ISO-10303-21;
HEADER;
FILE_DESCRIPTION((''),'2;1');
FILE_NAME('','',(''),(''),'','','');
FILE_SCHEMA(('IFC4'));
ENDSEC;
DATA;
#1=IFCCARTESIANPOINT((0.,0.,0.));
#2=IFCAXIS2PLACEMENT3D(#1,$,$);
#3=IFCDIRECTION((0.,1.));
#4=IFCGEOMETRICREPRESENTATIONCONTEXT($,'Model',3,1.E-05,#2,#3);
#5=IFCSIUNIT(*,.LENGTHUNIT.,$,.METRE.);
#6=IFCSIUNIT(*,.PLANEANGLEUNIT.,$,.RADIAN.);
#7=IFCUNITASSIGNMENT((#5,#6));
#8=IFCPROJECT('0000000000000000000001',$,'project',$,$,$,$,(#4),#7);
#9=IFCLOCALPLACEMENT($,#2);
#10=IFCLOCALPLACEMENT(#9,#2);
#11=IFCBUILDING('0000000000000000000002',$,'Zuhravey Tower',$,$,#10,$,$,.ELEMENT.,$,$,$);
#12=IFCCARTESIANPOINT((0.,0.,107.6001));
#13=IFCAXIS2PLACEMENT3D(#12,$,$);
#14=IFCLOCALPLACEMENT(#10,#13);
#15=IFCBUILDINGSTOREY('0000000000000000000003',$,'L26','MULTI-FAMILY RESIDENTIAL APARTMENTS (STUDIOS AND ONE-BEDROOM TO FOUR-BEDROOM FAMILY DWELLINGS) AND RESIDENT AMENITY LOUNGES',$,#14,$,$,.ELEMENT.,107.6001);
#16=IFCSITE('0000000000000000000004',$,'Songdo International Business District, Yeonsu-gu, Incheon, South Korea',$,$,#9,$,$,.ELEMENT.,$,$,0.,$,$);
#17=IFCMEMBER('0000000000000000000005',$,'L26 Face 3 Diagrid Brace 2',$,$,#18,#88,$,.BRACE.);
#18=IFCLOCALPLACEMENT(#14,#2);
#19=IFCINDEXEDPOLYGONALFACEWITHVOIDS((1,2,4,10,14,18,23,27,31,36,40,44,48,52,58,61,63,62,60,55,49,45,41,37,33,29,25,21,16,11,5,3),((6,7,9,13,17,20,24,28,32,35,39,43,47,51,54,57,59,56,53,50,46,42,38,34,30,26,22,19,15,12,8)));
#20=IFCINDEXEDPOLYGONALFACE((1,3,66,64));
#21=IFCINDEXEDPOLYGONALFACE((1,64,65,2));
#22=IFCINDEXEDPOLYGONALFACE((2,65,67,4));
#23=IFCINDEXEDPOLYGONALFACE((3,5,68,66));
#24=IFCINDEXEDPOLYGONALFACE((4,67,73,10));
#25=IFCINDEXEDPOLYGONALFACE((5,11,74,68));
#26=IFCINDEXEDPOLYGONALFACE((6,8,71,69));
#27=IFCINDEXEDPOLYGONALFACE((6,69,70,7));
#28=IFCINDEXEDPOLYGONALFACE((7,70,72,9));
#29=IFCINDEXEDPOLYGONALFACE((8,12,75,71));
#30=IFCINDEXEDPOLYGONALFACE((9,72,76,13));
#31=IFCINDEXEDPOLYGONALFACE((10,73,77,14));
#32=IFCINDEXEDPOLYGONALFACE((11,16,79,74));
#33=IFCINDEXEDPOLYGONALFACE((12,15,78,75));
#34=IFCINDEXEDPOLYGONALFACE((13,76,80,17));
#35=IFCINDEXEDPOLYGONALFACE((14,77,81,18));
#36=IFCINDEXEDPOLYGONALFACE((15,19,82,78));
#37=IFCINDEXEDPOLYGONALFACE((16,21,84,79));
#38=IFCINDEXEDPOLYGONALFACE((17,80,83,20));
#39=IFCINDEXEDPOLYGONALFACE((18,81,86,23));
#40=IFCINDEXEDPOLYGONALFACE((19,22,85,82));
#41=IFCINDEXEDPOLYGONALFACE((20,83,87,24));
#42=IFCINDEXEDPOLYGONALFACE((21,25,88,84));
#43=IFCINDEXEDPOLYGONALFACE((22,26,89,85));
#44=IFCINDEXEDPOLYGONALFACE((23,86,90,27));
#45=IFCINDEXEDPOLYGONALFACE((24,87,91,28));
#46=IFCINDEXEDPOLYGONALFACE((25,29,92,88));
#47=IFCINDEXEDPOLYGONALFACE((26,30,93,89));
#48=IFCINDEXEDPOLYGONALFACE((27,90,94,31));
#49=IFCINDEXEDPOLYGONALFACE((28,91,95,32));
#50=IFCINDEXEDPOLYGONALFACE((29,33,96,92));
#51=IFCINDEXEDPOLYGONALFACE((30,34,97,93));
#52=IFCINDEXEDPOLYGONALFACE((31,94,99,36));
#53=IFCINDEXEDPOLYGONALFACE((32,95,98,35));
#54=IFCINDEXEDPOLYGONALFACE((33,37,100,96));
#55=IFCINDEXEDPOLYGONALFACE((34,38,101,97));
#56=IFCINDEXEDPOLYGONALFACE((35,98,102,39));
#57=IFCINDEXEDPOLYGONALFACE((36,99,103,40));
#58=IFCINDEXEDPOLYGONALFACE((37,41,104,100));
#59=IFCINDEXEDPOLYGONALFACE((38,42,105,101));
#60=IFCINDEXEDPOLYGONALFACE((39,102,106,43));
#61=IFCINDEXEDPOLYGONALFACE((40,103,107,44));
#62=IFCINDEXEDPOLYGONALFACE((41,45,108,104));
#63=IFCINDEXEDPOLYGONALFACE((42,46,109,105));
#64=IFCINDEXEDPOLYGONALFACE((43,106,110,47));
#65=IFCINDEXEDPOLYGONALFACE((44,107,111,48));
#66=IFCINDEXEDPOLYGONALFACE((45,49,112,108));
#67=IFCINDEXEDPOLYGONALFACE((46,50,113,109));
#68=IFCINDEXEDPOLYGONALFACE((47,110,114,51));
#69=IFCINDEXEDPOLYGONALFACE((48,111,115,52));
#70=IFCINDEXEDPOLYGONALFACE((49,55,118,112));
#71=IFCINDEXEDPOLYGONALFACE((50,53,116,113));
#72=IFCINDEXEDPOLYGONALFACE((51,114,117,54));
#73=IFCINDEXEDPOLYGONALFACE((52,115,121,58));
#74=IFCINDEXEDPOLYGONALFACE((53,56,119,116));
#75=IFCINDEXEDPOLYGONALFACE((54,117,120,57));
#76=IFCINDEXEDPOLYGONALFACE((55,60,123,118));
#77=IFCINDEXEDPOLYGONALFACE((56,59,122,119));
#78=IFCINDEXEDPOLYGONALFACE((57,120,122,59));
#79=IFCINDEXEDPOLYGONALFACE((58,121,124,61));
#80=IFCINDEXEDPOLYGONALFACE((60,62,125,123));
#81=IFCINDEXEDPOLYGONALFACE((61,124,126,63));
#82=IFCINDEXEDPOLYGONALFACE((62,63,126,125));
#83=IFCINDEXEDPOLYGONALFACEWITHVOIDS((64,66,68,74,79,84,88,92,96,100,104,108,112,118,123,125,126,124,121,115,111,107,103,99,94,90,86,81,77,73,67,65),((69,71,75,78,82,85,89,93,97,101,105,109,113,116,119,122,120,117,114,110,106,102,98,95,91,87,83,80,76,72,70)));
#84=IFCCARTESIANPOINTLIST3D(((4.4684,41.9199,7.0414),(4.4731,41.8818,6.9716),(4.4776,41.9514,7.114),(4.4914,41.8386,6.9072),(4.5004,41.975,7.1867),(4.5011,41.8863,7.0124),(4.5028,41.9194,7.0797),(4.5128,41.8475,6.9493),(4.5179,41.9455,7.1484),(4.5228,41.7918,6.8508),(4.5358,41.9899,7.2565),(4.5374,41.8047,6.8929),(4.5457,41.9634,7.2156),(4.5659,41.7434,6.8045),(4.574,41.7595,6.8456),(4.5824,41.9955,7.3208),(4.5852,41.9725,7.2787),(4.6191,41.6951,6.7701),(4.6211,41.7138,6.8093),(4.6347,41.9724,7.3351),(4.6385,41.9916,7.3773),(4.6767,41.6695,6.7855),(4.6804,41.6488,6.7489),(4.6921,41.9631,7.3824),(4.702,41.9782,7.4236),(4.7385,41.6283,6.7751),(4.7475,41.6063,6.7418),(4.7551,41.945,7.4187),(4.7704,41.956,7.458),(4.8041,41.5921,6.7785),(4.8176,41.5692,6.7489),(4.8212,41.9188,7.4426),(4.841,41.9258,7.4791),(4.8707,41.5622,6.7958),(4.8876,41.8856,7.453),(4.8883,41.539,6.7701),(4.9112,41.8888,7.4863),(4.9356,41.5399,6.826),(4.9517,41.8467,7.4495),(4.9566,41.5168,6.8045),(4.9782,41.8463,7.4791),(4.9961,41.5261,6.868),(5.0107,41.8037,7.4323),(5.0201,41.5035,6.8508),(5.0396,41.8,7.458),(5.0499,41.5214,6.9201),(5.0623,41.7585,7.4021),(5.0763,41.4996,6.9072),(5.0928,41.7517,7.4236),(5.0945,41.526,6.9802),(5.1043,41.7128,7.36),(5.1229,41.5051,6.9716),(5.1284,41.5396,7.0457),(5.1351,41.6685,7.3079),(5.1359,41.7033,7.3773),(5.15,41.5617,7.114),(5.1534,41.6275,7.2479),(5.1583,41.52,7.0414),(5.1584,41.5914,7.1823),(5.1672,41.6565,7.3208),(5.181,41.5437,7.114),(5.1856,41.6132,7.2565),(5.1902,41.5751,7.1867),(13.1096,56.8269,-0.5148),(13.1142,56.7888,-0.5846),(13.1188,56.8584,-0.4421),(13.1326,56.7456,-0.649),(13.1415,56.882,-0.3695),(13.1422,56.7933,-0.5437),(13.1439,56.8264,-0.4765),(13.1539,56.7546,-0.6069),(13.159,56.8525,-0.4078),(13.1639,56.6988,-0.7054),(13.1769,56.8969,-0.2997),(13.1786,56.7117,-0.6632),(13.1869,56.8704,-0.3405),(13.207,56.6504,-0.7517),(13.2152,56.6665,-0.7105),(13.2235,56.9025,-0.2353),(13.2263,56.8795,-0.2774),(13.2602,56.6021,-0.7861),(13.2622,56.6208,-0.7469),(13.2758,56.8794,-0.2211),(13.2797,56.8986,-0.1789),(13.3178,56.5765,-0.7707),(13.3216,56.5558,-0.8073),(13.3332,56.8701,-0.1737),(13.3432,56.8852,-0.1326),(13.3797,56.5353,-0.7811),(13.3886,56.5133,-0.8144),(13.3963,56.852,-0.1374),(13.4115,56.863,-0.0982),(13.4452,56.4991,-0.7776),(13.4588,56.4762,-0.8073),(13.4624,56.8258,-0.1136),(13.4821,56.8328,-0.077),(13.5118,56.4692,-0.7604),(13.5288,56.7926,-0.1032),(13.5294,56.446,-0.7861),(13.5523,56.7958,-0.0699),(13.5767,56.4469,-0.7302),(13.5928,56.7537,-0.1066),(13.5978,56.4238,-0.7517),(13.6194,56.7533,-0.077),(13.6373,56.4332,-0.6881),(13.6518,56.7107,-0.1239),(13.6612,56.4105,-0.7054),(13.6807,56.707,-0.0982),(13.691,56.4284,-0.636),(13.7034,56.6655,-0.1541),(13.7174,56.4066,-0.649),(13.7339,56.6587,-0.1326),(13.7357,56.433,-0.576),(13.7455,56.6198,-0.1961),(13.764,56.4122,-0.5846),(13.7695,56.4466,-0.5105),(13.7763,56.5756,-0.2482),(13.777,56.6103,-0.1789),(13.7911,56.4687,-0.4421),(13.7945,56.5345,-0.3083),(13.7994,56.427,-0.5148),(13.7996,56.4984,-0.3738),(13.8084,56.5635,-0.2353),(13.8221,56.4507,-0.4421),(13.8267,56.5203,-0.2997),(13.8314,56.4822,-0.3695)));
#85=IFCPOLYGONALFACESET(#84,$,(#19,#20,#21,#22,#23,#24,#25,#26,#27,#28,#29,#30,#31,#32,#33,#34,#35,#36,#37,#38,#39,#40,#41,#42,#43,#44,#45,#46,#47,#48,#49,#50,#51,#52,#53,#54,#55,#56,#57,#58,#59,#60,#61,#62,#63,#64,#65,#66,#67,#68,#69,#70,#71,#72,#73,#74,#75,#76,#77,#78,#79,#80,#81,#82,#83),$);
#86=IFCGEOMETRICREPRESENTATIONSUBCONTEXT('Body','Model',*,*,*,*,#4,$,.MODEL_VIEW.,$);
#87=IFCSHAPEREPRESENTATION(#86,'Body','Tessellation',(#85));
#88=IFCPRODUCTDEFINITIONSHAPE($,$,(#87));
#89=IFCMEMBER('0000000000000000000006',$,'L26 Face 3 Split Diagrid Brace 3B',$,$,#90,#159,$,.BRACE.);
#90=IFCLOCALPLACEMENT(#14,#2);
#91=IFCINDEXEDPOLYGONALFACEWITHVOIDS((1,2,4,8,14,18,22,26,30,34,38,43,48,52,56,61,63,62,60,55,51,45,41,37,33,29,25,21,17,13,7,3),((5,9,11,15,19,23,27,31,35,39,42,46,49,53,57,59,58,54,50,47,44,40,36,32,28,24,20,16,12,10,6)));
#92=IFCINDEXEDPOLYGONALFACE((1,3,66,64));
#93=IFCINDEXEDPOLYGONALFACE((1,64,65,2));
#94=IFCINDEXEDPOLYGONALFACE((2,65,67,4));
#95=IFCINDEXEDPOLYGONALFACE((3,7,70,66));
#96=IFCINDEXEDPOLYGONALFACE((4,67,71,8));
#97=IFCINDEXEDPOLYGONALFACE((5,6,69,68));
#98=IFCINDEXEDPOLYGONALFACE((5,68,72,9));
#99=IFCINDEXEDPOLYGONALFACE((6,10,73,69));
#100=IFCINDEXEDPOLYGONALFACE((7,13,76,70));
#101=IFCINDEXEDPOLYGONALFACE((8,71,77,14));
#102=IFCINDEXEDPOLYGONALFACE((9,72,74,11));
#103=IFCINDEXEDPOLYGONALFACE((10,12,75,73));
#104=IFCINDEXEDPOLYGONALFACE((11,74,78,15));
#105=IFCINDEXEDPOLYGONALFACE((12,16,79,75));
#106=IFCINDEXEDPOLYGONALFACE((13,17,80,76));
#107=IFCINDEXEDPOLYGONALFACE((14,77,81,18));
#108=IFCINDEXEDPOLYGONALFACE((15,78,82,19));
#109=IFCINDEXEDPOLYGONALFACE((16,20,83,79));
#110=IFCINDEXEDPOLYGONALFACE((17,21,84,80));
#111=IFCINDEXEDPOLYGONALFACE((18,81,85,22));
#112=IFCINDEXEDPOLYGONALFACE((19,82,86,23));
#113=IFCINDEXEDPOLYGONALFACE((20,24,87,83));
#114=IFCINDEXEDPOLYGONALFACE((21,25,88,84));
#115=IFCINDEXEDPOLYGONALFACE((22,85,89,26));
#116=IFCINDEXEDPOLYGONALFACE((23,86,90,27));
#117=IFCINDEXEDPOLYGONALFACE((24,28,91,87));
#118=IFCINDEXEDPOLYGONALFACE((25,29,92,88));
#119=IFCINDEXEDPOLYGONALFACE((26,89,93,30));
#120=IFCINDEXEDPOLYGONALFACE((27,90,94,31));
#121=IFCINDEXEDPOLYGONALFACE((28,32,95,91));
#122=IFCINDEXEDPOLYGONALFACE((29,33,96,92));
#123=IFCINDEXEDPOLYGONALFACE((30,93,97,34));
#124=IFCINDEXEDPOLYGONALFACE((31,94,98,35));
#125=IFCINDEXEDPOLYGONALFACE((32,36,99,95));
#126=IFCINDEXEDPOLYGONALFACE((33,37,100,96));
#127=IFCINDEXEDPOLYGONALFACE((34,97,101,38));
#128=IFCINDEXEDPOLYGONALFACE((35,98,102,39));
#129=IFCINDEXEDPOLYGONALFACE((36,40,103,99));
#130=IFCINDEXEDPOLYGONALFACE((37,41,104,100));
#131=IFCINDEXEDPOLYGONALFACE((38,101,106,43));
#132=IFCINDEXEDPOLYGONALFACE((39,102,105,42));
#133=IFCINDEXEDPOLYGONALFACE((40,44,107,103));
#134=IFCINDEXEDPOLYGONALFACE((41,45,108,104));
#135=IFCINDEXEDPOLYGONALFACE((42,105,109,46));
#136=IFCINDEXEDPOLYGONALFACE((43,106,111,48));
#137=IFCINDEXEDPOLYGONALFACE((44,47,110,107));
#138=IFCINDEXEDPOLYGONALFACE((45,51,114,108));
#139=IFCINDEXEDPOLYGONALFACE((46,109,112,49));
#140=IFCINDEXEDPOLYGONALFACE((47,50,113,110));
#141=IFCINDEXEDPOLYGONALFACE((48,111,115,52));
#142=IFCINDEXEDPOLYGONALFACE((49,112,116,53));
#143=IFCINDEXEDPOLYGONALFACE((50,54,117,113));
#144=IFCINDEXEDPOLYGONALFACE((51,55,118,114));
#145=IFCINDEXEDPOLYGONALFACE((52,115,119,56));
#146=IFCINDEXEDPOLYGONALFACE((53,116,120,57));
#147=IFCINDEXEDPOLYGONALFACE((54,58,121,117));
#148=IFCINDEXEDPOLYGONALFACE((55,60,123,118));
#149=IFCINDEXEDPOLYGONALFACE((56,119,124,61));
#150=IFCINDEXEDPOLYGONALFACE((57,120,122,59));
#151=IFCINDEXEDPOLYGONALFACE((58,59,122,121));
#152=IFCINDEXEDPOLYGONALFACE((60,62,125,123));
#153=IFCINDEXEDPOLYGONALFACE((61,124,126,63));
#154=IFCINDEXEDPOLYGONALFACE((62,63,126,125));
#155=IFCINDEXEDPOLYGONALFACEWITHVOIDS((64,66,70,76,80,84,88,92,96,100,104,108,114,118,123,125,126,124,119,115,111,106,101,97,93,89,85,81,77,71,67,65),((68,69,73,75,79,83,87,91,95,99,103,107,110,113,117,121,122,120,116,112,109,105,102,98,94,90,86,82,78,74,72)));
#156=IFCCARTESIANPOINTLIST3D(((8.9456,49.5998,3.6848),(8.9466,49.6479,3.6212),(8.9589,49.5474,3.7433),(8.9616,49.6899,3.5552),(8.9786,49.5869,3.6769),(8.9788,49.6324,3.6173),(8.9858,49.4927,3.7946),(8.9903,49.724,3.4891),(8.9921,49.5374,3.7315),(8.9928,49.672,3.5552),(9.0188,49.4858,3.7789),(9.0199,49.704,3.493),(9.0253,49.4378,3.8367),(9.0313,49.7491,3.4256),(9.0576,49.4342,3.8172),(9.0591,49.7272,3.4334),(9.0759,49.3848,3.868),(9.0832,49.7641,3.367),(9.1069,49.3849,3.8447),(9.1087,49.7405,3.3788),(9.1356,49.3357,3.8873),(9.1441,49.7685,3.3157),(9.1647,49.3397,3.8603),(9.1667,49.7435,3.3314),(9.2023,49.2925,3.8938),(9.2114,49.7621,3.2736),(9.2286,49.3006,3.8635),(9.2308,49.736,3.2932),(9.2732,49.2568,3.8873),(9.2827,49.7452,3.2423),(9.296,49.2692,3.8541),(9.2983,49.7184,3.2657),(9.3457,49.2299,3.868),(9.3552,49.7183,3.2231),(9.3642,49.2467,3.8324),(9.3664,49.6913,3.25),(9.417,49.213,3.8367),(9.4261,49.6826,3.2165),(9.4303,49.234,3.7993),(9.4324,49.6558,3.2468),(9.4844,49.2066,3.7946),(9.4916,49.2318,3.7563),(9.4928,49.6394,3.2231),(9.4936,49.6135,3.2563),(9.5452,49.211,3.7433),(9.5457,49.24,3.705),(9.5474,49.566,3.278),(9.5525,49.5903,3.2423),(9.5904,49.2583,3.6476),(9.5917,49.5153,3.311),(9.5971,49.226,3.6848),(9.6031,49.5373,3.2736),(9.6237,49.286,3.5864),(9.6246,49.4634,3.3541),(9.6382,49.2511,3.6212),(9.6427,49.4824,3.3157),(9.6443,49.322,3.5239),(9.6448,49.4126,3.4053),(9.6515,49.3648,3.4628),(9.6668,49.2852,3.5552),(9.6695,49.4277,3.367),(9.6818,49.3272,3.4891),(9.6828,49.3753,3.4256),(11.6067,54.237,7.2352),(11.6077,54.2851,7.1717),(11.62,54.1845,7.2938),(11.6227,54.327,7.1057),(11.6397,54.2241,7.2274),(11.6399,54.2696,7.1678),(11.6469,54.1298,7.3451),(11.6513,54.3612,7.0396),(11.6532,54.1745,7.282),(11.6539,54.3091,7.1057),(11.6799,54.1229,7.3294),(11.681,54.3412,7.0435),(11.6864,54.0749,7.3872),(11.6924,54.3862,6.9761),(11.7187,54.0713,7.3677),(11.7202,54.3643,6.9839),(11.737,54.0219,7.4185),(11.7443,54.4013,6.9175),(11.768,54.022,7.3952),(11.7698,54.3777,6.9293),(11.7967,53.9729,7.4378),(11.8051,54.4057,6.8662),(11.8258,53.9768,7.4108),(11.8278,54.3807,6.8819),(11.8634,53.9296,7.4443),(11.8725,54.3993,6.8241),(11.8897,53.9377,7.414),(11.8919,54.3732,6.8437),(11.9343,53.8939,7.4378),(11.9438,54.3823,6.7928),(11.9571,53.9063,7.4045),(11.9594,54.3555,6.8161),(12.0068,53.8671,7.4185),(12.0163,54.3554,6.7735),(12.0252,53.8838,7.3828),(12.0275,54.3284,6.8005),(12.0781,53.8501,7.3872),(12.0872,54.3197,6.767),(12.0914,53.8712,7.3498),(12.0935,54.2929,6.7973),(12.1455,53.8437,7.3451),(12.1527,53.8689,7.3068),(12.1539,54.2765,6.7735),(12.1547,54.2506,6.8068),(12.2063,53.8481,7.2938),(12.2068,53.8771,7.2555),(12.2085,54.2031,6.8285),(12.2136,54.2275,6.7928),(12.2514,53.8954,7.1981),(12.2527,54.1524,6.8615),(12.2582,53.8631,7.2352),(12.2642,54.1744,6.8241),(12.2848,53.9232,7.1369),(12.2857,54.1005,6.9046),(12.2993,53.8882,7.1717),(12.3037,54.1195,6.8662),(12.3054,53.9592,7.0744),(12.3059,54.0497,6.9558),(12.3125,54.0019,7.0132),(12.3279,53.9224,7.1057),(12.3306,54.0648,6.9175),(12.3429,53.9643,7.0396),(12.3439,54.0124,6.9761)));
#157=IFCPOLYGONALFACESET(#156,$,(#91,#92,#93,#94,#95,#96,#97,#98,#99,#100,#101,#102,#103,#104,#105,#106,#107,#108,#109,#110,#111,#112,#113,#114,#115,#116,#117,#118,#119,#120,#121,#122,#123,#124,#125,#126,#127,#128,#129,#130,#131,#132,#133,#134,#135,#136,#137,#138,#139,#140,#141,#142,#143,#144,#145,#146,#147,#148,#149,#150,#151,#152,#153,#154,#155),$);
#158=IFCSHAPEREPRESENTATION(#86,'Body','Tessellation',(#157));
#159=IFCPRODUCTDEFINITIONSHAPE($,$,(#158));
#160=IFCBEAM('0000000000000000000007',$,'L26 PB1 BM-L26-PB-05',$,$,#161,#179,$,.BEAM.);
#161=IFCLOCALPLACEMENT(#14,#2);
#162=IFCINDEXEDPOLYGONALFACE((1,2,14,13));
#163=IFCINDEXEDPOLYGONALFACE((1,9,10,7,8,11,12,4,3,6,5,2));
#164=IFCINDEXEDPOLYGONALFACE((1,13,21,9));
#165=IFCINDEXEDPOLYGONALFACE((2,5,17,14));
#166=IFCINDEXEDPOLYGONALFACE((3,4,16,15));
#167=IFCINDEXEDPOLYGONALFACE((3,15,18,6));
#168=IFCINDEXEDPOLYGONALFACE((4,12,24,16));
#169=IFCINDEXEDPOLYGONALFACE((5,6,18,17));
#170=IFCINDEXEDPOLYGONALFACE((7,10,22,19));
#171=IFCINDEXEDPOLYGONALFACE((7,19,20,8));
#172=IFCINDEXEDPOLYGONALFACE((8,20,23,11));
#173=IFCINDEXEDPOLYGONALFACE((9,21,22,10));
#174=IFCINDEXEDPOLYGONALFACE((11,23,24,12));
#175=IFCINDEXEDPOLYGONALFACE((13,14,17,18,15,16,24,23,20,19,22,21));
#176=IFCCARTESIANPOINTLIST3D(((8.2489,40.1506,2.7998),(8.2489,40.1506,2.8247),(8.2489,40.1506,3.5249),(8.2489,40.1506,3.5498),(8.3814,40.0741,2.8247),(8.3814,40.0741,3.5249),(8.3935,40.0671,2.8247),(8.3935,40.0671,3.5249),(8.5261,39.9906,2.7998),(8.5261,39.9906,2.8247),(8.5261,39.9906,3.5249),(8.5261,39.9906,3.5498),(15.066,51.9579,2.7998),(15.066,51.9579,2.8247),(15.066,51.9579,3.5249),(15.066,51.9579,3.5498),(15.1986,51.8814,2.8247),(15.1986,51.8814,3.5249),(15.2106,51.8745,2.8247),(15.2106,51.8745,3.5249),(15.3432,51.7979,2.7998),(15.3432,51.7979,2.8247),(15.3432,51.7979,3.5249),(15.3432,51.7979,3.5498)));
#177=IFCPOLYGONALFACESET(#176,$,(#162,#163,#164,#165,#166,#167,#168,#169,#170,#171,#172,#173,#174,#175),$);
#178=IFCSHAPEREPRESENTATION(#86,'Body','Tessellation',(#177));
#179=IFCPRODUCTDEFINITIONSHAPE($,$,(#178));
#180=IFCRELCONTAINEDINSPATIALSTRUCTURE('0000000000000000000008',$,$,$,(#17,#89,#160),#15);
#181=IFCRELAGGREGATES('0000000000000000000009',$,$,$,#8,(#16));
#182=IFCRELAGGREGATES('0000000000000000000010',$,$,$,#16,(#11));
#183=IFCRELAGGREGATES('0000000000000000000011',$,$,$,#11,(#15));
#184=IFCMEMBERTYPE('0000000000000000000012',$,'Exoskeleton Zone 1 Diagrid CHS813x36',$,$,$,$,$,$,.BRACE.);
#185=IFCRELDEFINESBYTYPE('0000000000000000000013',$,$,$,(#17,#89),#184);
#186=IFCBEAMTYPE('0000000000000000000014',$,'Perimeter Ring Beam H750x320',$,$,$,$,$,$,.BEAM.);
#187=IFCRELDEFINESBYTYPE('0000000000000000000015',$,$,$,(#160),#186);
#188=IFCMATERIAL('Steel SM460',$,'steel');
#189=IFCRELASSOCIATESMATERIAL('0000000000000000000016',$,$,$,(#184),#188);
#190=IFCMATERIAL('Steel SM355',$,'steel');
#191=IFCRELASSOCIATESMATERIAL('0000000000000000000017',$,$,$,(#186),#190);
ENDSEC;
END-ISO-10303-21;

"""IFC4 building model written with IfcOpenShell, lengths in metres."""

from ifc_helpers import new_model, si_unit, direction, frame, origin, origin_2d, place, context, subcontext, project, spatial, hollow_circle, i_section, extrude, material, material_profile, profile_set, type_object, element, save


model = new_model("IFC4")

# Units and contexts
model_context = context("Model", 3, precision=1e-05, world=origin(), true_north=direction((0.0, 1.0)))
body_context = subcontext(model_context, "Body", "Model", "MODEL_VIEW")
ifc_project = project(units=[si_unit("LENGTHUNIT", "METRE"), si_unit("PLANEANGLEUNIT", "RADIAN")], contexts=[model_context])

# Site, building, storey
site_placement = place(None, origin())
site = spatial("IfcSite", under=ifc_project, at=site_placement, Name="Songdo International Business District, Yeonsu-gu, Incheon, South Korea", CompositionType="ELEMENT", RefElevation=0.0)
building_placement = place(site_placement, origin())
building = spatial("IfcBuilding", under=site, at=building_placement, Name="Zuhravey Tower", CompositionType="ELEMENT")
storey_placement = place(building_placement, frame((0.0, 0.0, 107.6001)))
storey = spatial("IfcBuildingStorey", under=building, at=storey_placement, Name="L26", Description="MULTI-FAMILY RESIDENTIAL APARTMENTS (STUDIOS AND ONE-BEDROOM TO FOUR-BEDROOM FAMILY DWELLINGS) AND RESIDENT AMENITY LOUNGES", CompositionType="ELEMENT", Elevation=107.6001)

# Members
ifc_material_1 = material(Name="Steel SM355", Category="steel")
ifc_material_2 = material(Name="Steel SM460", Category="steel")
ifc_material_profile_1 = material_profile(ifc_material_2, hollow_circle(Radius=0.4065, WallThickness=0.0359, at=origin_2d()), Name="CHS-812.8x36")
ifc_profile_set_1 = profile_set([ifc_material_profile_1], Name="Steel SM460")
member_type_1 = type_object("IfcMemberType", Name="Exoskeleton Zone 1 Diagrid CHS813x36", PredefinedType="BRACE", material=ifc_profile_set_1)
member_1_placement = place(storey_placement, frame((13.4705, 56.6545, -0.4421), z_axis=(-0.459281, -0.792317, 0.401615), x_axis=(0.865156, -0.501504, 0.0)))
element("IfcMember", 1, at=member_1_placement, inside=storey, type_object=member_type_1, Name="L26 Face 3 Diagrid Brace 2", PredefinedType="BRACE", context=body_context, shape_type="SweptSolid", body=[
    extrude(hollow_circle(Radius=0.4065, WallThickness=0.0359, at=origin_2d()), origin(), (0.0, 0.0, 1.0), 18.8145),
])
member_2_placement = place(storey_placement, frame((9.3142, 49.4875, 3.5552), z_axis=(0.414631, 0.722524, 0.553209), x_axis=(-0.867331, 0.497731, 0.0)))
element("IfcMember", 2, at=member_2_placement, inside=storey, type_object=member_type_1, Name="L26 Face 3 Split Diagrid Brace 3B", PredefinedType="BRACE", context=body_context, shape_type="SweptSolid", body=[
    extrude(hollow_circle(Radius=0.4065, WallThickness=0.0359, at=origin_2d()), origin(), (0.0, 0.0, 1.0), 6.418),
])

# Beam
ifc_material_profile_2 = material_profile(ifc_material_1, i_section(OverallWidth=0.3201, OverallDepth=0.75, WebThickness=0.0139, FlangeThickness=0.0249, at=origin_2d()), Name="H-750x320x14x25")
ifc_profile_set_2 = profile_set([ifc_material_profile_2], Name="Steel SM355")
beam_type_1 = type_object("IfcBeamType", Name="Perimeter Ring Beam H750x320", PredefinedType="BEAM", material=ifc_profile_set_2)
beam_1_placement = place(storey_placement, frame((15.2046, 51.8779, 3.1748), z_axis=(-0.500008, -0.866021, 0.0), x_axis=(0.866021, -0.500008, 0.0)))
element("IfcBeam", 3, at=beam_1_placement, inside=storey, type_object=beam_type_1, Name="L26 PB1 BM-L26-PB-05", PredefinedType="BEAM", context=body_context, shape_type="SweptSolid", body=[
    extrude(i_section(OverallWidth=0.3201, OverallDepth=0.75, WebThickness=0.0139, FlangeThickness=0.0249, at=origin_2d()), origin(), (0.0, 0.0, 1.0), 13.634),
])

save(model, "model.ifc")
